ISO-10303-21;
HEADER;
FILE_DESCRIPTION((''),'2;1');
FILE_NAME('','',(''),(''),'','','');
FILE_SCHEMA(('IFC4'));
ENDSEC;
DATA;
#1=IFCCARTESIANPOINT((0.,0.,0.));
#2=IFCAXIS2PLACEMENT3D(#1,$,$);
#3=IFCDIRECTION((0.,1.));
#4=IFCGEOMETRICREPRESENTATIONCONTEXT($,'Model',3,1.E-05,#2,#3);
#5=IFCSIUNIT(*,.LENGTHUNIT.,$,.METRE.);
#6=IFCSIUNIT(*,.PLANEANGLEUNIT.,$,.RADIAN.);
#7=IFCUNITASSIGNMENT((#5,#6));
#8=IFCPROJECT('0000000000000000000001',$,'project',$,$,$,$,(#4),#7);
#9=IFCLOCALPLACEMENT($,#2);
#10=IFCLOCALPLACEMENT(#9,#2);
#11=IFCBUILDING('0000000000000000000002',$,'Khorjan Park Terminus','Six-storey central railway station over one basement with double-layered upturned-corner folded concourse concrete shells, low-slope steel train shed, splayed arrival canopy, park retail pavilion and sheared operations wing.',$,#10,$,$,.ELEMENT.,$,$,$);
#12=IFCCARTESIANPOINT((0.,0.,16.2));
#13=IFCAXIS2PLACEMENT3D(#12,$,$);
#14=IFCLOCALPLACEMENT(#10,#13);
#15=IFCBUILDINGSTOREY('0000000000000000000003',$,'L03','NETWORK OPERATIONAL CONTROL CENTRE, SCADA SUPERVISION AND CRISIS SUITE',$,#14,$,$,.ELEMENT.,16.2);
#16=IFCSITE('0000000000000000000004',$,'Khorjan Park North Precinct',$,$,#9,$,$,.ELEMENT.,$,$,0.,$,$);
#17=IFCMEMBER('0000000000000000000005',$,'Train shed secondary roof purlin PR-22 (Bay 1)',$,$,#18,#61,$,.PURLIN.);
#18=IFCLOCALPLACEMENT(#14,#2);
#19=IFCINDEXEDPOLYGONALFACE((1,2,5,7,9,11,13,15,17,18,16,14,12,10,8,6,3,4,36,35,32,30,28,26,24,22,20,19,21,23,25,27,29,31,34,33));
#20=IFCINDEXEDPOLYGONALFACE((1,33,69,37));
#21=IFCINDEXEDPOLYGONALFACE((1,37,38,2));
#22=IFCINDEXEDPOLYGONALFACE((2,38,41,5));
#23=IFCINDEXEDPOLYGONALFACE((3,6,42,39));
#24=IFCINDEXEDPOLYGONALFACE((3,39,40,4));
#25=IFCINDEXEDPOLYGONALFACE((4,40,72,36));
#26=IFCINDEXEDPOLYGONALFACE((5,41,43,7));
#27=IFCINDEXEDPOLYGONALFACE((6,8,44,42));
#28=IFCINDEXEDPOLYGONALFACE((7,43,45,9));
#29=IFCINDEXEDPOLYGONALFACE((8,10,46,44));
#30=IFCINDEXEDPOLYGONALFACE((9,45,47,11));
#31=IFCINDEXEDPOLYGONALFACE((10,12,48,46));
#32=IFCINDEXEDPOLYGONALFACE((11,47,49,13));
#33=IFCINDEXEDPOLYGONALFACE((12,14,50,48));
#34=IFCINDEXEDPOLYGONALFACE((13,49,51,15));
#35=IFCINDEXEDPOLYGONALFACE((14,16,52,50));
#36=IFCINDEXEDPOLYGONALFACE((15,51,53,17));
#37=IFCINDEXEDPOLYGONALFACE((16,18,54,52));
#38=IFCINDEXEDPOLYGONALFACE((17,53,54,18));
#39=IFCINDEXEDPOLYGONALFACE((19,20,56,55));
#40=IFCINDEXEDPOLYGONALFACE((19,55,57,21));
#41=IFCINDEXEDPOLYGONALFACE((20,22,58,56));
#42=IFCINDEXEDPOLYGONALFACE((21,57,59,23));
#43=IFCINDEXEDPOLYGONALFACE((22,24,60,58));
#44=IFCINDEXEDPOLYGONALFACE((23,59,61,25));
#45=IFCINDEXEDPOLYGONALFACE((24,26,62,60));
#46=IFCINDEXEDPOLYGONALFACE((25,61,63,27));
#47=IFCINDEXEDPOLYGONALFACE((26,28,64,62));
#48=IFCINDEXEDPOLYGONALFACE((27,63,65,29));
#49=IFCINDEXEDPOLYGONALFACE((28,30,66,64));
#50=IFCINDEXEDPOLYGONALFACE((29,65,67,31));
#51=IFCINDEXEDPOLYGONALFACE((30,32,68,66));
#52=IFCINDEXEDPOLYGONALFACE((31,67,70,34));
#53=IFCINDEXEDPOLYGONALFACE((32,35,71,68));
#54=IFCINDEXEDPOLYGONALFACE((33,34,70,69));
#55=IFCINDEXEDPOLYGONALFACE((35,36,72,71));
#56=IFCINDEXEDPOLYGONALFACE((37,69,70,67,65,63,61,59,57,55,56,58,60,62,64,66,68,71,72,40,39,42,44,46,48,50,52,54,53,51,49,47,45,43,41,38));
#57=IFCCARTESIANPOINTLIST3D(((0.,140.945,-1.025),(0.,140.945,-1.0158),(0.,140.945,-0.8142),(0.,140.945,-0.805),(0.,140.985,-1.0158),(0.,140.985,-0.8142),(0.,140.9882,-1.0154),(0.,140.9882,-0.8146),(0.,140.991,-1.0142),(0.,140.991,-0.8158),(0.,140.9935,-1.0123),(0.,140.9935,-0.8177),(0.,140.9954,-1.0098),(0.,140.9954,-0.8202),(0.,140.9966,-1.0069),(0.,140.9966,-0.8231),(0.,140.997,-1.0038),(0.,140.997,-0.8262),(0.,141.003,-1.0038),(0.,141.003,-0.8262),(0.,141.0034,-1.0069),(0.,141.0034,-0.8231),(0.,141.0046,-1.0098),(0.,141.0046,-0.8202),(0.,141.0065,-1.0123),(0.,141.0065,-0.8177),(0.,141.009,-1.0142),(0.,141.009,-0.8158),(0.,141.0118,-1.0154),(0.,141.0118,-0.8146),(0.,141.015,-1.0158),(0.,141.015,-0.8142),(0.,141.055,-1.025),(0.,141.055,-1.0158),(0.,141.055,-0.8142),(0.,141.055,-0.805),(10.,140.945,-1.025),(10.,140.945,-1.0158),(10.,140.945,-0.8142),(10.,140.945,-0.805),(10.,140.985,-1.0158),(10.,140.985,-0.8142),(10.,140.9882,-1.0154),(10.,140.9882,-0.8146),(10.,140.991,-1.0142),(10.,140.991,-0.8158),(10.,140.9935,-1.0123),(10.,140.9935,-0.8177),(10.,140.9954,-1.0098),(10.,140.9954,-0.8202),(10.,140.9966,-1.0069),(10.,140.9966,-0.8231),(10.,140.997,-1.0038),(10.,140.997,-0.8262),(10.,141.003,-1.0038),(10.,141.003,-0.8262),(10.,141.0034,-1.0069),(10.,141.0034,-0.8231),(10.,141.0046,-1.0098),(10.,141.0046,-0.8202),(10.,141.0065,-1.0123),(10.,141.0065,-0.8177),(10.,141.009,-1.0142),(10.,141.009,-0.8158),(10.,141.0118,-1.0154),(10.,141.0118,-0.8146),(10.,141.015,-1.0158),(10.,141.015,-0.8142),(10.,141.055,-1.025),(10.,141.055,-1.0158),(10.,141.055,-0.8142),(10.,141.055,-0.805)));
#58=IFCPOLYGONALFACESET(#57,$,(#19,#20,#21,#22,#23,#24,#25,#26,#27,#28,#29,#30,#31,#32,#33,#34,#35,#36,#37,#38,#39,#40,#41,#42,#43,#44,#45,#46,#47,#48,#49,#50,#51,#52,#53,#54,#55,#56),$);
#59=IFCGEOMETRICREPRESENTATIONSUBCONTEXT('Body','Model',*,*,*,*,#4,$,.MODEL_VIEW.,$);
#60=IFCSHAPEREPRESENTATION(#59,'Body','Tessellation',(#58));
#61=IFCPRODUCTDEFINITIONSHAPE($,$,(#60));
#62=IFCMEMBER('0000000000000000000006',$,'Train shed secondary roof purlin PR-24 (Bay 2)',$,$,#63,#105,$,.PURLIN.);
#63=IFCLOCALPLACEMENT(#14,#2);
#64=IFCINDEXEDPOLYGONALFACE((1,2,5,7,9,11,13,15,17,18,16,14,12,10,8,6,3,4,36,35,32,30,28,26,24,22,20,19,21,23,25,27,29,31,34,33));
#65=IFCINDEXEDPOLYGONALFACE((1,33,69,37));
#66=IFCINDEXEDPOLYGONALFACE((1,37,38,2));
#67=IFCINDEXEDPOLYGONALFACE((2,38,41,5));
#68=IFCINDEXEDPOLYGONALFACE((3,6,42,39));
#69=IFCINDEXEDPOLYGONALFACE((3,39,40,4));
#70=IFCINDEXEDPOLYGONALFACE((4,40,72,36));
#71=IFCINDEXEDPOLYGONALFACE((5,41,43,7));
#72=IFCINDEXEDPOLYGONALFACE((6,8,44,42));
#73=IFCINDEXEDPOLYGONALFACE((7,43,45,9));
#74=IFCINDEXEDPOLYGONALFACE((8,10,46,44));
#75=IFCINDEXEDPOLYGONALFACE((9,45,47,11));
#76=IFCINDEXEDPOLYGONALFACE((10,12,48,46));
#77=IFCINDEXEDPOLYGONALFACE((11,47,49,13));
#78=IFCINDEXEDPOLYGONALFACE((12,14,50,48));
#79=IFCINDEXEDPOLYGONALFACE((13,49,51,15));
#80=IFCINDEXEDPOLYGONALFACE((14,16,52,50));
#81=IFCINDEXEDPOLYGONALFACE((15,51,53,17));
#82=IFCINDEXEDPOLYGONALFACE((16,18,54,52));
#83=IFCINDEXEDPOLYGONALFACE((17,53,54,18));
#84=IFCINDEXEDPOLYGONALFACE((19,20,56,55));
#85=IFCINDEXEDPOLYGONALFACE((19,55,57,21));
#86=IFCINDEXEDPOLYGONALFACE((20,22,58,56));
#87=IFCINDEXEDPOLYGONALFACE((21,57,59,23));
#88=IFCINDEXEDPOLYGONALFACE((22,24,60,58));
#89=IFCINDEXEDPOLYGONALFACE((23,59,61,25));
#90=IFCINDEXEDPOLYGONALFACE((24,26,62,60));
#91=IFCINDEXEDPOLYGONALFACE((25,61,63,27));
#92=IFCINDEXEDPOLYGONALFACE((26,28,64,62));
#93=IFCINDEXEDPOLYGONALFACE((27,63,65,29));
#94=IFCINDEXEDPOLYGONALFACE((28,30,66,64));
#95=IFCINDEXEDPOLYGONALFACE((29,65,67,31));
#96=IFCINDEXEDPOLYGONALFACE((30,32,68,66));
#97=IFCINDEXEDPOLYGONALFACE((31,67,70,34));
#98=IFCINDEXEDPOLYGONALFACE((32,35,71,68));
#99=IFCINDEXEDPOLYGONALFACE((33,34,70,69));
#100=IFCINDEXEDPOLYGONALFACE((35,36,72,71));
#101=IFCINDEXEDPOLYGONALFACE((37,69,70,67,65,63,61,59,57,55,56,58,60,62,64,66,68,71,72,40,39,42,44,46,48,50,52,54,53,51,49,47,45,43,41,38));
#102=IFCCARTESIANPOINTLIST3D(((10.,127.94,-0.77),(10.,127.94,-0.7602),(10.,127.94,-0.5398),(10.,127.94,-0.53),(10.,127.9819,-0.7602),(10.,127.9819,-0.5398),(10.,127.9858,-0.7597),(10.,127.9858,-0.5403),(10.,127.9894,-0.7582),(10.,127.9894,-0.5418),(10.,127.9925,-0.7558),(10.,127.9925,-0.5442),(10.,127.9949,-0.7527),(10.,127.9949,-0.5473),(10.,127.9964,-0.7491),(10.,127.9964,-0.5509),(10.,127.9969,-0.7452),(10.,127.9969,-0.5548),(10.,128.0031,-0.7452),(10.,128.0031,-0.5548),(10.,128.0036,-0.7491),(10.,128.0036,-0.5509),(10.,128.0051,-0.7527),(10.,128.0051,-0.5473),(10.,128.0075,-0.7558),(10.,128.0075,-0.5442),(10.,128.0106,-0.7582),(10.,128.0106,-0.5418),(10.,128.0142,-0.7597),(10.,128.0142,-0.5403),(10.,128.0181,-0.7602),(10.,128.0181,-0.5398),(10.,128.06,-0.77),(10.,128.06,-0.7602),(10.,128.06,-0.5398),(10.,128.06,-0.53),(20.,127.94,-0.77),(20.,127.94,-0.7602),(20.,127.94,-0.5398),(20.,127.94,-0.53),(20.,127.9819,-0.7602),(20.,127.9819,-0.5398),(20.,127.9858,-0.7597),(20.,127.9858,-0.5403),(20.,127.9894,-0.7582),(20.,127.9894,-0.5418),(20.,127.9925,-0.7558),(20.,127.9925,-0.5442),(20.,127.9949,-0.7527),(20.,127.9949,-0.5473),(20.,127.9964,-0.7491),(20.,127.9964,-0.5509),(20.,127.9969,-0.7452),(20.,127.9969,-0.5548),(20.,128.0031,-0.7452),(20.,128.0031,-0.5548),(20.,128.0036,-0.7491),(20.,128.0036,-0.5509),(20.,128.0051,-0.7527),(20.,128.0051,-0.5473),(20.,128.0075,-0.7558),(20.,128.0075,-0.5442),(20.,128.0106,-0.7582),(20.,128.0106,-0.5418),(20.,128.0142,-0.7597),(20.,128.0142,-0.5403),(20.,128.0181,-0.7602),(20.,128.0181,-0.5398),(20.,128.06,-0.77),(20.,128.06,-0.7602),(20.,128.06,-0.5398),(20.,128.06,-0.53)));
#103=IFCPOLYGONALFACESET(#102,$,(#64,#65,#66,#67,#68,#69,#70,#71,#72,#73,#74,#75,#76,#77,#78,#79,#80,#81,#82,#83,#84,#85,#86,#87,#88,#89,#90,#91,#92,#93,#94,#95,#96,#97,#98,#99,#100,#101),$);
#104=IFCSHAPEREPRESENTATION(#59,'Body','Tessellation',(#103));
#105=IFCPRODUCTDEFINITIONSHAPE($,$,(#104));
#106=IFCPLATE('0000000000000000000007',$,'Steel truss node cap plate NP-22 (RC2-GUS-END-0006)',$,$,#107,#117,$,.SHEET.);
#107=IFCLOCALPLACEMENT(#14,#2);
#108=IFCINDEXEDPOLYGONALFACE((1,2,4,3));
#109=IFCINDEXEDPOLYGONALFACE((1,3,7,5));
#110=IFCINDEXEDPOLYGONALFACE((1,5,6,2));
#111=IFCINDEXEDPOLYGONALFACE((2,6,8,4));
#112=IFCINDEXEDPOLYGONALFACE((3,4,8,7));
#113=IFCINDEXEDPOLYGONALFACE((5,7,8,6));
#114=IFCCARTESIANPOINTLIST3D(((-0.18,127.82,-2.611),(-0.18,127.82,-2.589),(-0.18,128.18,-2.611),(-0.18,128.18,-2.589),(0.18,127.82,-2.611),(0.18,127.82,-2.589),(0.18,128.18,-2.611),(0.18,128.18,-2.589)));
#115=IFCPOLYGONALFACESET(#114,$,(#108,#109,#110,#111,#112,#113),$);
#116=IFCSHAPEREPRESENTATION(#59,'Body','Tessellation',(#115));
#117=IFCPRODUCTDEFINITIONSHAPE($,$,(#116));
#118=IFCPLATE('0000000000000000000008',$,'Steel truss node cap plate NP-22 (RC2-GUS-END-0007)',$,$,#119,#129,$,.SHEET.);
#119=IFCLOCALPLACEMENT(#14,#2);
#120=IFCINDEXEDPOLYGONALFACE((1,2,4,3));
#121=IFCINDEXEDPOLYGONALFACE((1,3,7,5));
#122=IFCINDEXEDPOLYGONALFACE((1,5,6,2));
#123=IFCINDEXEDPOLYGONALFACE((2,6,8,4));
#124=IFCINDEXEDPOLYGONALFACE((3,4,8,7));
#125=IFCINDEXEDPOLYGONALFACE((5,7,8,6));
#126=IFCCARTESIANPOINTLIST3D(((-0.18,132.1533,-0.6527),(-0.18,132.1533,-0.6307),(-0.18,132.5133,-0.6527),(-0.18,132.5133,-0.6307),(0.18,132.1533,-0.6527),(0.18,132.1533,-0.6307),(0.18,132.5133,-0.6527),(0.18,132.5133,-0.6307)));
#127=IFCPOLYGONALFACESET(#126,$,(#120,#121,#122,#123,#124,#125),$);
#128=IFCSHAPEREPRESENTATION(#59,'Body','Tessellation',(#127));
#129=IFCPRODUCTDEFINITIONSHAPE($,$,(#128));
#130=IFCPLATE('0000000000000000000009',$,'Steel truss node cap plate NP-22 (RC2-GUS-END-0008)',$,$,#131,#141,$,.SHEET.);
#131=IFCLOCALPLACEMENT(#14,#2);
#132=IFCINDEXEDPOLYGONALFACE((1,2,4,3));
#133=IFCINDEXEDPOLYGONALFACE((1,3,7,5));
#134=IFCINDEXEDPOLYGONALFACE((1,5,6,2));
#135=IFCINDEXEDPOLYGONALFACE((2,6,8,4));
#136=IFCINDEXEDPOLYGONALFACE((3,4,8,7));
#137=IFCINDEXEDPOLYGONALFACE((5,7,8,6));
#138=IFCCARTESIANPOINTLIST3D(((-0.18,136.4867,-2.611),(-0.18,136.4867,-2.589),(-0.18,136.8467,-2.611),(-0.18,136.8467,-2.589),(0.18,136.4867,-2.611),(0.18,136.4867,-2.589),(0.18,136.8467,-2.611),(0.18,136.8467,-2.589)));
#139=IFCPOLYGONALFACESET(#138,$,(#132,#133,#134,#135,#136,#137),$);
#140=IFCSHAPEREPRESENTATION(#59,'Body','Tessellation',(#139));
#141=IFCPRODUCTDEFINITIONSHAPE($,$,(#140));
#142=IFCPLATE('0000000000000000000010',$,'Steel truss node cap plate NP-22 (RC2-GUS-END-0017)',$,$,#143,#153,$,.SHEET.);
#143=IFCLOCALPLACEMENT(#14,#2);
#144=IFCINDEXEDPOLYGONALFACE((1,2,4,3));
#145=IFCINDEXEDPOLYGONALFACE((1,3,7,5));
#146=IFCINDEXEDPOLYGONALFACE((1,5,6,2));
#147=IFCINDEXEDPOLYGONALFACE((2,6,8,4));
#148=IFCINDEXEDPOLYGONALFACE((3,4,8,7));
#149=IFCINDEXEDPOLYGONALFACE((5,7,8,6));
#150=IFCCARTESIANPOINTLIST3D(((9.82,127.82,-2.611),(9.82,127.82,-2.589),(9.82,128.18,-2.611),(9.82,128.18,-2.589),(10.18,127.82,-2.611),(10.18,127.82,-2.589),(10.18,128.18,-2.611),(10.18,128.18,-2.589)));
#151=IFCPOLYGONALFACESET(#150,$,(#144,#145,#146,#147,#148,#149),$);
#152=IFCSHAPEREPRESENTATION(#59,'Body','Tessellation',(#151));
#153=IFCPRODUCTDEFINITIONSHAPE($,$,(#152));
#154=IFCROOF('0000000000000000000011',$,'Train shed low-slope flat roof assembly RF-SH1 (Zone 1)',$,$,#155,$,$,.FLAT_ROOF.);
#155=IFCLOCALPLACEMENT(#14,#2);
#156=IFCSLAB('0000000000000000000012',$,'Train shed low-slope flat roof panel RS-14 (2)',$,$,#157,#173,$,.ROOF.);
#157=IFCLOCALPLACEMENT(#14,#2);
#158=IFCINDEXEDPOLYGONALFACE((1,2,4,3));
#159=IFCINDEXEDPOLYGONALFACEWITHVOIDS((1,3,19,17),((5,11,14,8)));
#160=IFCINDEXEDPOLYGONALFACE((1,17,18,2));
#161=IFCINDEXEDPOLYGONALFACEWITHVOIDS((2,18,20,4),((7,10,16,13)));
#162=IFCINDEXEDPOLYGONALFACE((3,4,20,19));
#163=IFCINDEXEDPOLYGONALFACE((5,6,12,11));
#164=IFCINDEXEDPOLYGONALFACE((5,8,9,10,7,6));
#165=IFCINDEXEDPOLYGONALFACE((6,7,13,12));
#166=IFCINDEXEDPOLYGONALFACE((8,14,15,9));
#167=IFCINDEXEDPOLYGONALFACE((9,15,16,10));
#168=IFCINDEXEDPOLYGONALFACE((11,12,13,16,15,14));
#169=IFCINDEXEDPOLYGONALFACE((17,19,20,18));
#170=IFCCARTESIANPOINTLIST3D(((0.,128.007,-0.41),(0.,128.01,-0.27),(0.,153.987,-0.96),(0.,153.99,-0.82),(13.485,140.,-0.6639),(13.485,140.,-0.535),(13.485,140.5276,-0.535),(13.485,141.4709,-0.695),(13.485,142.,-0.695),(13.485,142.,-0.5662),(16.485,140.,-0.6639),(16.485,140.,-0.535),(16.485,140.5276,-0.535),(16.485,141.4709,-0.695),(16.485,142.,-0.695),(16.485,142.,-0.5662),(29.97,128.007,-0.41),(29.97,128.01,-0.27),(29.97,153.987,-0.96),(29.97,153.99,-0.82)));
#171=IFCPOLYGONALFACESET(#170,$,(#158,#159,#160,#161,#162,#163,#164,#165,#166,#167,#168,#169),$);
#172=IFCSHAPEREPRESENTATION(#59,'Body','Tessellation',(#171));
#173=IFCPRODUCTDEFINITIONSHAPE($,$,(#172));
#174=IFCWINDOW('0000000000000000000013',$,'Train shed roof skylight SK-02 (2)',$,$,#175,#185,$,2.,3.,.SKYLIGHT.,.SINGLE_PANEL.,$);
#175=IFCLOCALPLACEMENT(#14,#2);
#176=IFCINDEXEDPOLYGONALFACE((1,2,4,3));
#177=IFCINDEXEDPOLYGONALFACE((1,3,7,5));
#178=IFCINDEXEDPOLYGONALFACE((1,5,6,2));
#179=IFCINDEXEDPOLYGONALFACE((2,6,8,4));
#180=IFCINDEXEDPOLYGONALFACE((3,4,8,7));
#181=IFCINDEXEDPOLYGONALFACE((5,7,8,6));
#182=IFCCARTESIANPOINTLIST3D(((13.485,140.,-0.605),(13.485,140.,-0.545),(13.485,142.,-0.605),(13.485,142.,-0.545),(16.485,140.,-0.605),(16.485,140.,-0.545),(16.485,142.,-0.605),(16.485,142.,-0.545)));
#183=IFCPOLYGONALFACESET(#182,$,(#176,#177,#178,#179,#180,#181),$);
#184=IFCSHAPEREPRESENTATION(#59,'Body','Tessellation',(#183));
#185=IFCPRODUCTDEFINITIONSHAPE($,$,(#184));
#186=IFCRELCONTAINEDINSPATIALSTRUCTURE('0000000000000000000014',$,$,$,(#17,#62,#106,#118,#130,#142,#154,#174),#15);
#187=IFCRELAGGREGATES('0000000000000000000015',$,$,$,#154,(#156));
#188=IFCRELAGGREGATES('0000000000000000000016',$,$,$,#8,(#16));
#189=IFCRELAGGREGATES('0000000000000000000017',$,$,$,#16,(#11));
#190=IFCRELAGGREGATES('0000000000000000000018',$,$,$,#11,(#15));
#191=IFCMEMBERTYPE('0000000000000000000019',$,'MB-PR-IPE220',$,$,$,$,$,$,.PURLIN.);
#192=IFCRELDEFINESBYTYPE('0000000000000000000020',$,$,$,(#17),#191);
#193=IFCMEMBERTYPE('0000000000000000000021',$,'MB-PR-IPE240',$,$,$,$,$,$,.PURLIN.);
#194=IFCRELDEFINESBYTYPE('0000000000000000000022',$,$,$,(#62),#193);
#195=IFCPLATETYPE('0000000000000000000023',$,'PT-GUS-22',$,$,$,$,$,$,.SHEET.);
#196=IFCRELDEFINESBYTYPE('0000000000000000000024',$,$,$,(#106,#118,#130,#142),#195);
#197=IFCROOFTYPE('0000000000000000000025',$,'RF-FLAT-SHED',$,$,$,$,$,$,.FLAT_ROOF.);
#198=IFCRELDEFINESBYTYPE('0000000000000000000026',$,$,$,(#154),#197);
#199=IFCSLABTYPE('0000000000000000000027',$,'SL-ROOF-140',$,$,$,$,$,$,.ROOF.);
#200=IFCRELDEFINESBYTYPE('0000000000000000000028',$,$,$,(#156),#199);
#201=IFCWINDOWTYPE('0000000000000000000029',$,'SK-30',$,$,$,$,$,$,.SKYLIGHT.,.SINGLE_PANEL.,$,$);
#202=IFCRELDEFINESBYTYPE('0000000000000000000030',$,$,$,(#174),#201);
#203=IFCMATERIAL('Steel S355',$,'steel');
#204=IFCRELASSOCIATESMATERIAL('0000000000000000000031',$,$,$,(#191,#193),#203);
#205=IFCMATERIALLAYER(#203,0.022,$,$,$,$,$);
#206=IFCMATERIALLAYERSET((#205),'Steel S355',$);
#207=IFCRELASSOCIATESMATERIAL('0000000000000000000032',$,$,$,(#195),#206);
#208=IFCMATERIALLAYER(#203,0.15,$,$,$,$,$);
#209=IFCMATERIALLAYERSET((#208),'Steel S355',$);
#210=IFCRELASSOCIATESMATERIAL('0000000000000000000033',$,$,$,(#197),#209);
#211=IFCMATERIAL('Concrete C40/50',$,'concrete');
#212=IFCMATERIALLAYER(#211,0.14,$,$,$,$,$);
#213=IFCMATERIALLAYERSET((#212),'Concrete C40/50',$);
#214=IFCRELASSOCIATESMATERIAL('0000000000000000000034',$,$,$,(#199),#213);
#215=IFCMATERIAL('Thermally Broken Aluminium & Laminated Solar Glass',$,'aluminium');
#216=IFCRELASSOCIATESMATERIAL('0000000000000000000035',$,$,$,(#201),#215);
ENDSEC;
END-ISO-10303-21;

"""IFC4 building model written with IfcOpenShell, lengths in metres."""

from ifc_helpers import new_model, si_unit, direction, frame, origin, origin_2d, place, context, subcontext, project, spatial, polyline, rectangle, i_section, outline, extrude, material, layer, layer_set, material_profile, profile_set, type_object, element, fill, aggregate, save


model = new_model("IFC4")

# Units and contexts
model_context = context("Model", 3, precision=1e-05, world=origin(), true_north=direction((0.0, 1.0)))
body_context = subcontext(model_context, "Body", "Model", "MODEL_VIEW")
ifc_project = project(units=[si_unit("LENGTHUNIT", "METRE"), si_unit("PLANEANGLEUNIT", "RADIAN")], contexts=[model_context])

# Site, building, storey
site_placement = place(None, origin())
site = spatial("IfcSite", under=ifc_project, at=site_placement, Name="Khorjan Park North Precinct", CompositionType="ELEMENT", RefElevation=0.0)
building_placement = place(site_placement, origin())
building = spatial("IfcBuilding", under=site, at=building_placement, Name="Khorjan Park Terminus", Description="Six-storey central railway station over one basement with double-layered upturned-corner folded concourse concrete shells, low-slope steel train shed, splayed arrival canopy, park retail pavilion and sheared operations wing.", CompositionType="ELEMENT")
storey_placement = place(building_placement, frame((0.0, 0.0, 16.2)))
storey = spatial("IfcBuildingStorey", under=building, at=storey_placement, Name="L03", Description="NETWORK OPERATIONAL CONTROL CENTRE, SCADA SUPERVISION AND CRISIS SUITE", CompositionType="ELEMENT", Elevation=16.2)

# Members
ifc_material_1 = material(Name="Steel S355", Category="steel")
ifc_material_profile_1 = material_profile(ifc_material_1, i_section(OverallWidth=0.11, OverallDepth=0.22, WebThickness=0.0059, FlangeThickness=0.0092, FilletRadius=0.012, at=origin_2d()), Name="IPE 220")
ifc_profile_set_1 = profile_set([ifc_material_profile_1], Name="Steel S355")
member_type_1 = type_object("IfcMemberType", Name="MB-PR-IPE220", PredefinedType="PURLIN", material=ifc_profile_set_1)
for number, where, z_axis, x_axis, name in (
    (1, (0.0, 141.0, -0.915), (1.0, 0.0, 0.0), (0.0, 1.0, 0.0), "Train shed secondary roof purlin PR-22 (Bay 1)"),
):
    element("IfcMember", number, at=place(storey_placement, frame(where, z_axis=z_axis, x_axis=x_axis)), inside=storey, type_object=member_type_1, Name=name, PredefinedType="PURLIN", context=body_context, shape_type="SweptSolid", body=[
        extrude(i_section(OverallWidth=0.11, OverallDepth=0.22, WebThickness=0.0059, FlangeThickness=0.0092, FilletRadius=0.012, at=origin_2d()), origin(), (0.0, 0.0, 1.0), 10.0),
    ])
ifc_material_profile_2 = material_profile(ifc_material_1, i_section(OverallWidth=0.12, OverallDepth=0.24, WebThickness=0.0062, FlangeThickness=0.0098, FilletRadius=0.015, at=origin_2d()), Name="IPE 240")
ifc_profile_set_2 = profile_set([ifc_material_profile_2], Name="Steel S355")
member_type_2 = type_object("IfcMemberType", Name="MB-PR-IPE240", PredefinedType="PURLIN", material=ifc_profile_set_2)
member_1_placement = place(storey_placement, frame((10.0, 128.0, -0.65), z_axis=(1.0, 0.0, 0.0), x_axis=(0.0, 1.0, 0.0)))
element("IfcMember", 2, at=member_1_placement, inside=storey, type_object=member_type_2, Name="Train shed secondary roof purlin PR-24 (Bay 2)", PredefinedType="PURLIN", context=body_context, shape_type="SweptSolid", body=[
    extrude(i_section(OverallWidth=0.12, OverallDepth=0.24, WebThickness=0.0062, FlangeThickness=0.0098, FilletRadius=0.015, at=origin_2d()), origin(), (0.0, 0.0, 1.0), 10.0),
])

# Plates
ifc_layer_1 = layer(ifc_material_1, 0.022)
ifc_layer_set_1 = layer_set([ifc_layer_1], Name="Steel S355")
plate_type = type_object("IfcPlateType", Name="PT-GUS-22", PredefinedType="SHEET", material=ifc_layer_set_1)
for number, where, z_axis, x_axis, name in (
    (3, (0.0, 128.0, -2.611), (0.0, 0.0, 1.0), (1.0, 0.0, 0.0), "Steel truss node cap plate NP-22 (RC2-GUS-END-0006)"),
    (4, (0.0, 132.3333, -0.6527), (0.0, 0.0, 1.0), (1.0, 0.0, 0.0), "Steel truss node cap plate NP-22 (RC2-GUS-END-0007)"),
    (5, (0.0, 136.6667, -2.611), (0.0, 0.0, 1.0), (1.0, 0.0, 0.0), "Steel truss node cap plate NP-22 (RC2-GUS-END-0008)"),
    (6, (10.0, 128.0, -2.611), (0.0, 0.0, 1.0), (1.0, 0.0, 0.0), "Steel truss node cap plate NP-22 (RC2-GUS-END-0017)"),
):
    element("IfcPlate", number, at=place(storey_placement, frame(where, z_axis=z_axis, x_axis=x_axis)), inside=storey, type_object=plate_type, Name=name, PredefinedType="SHEET", context=body_context, shape_type="SweptSolid", body=[
        extrude(rectangle(XDim=0.36, YDim=0.36, at=origin_2d()), origin(), (0.0, 0.0, 1.0), 0.022),
    ])

# Roof, slab, opening, window
ifc_layer_2 = layer(ifc_material_1, 0.15)
ifc_layer_set_2 = layer_set([ifc_layer_2], Name="Steel S355")
roof_type = type_object("IfcRoofType", Name="RF-FLAT-SHED", PredefinedType="FLAT_ROOF", material=ifc_layer_set_2)
roof_placement = place(storey_placement, origin())
roof = element("IfcRoof", 7, at=roof_placement, inside=storey, type_object=roof_type, Name="Train shed low-slope flat roof assembly RF-SH1 (Zone 1)", PredefinedType="FLAT_ROOF")
ifc_material_2 = material(Name="Concrete C40/50", Category="concrete")
ifc_layer_3 = layer(ifc_material_2, 0.14)
ifc_layer_set_3 = layer_set([ifc_layer_3], Name="Concrete C40/50")
slab_type = type_object("IfcSlabType", Name="SL-ROOF-140", PredefinedType="ROOF", material=ifc_layer_set_3)
slab_placement = place(storey_placement, frame((0.0, 128.01, -0.27), z_axis=(0.0, 0.021165, 0.999776), x_axis=(1.0, 0.0, 0.0)))
slab = element("IfcSlab", 8, at=slab_placement, type_object=slab_type, Name="Train shed low-slope flat roof panel RS-14 (2)", PredefinedType="ROOF", context=body_context, shape_type="SweptSolid", body=[
    extrude(outline(polyline([(0.0, 0.0), (29.97, 0.0), (29.97, 25.9858), (0.0, 25.9858), (0.0, 0.0)])), origin(), (0.0, 0.0, -1.0), 0.14),
])
opening_placement = place(storey_placement, frame((14.985, 141.0, -0.685), z_axis=(0.0, 0.0, 1.0), x_axis=(1.0, 0.0, 0.0)))
opening = element("IfcOpeningElement", 9, at=opening_placement, cuts=slab, PredefinedType="OPENING", context=body_context, shape_type="SweptSolid", body=[
    extrude(rectangle(XDim=3.0, YDim=2.0, at=origin_2d()), frame((0.0, 0.0, -0.01)), (0.0, 0.0, 1.0), 0.16),
])
ifc_material_3 = material(Name="Thermally Broken Aluminium & Laminated Solar Glass", Category="aluminium")
window_type = type_object("IfcWindowType", Name="SK-30", PartitioningType="SINGLE_PANEL", PredefinedType="SKYLIGHT", material=ifc_material_3)
window_placement = place(opening_placement, frame((0.0, 0.0, 0.08)))
window = element("IfcWindow", 10, at=window_placement, inside=storey, type_object=window_type, Name="Train shed roof skylight SK-02 (2)", OverallHeight=2.0, OverallWidth=3.0, PartitioningType="SINGLE_PANEL", PredefinedType="SKYLIGHT", context=body_context, shape_type="SweptSolid", body=[
    extrude(rectangle(XDim=3.0, YDim=2.0, at=origin_2d()), origin(), (0.0, 0.0, 1.0), 0.06),
])
fill(opening, window)
aggregate(roof, [slab])

save(model, "model.ifc")
